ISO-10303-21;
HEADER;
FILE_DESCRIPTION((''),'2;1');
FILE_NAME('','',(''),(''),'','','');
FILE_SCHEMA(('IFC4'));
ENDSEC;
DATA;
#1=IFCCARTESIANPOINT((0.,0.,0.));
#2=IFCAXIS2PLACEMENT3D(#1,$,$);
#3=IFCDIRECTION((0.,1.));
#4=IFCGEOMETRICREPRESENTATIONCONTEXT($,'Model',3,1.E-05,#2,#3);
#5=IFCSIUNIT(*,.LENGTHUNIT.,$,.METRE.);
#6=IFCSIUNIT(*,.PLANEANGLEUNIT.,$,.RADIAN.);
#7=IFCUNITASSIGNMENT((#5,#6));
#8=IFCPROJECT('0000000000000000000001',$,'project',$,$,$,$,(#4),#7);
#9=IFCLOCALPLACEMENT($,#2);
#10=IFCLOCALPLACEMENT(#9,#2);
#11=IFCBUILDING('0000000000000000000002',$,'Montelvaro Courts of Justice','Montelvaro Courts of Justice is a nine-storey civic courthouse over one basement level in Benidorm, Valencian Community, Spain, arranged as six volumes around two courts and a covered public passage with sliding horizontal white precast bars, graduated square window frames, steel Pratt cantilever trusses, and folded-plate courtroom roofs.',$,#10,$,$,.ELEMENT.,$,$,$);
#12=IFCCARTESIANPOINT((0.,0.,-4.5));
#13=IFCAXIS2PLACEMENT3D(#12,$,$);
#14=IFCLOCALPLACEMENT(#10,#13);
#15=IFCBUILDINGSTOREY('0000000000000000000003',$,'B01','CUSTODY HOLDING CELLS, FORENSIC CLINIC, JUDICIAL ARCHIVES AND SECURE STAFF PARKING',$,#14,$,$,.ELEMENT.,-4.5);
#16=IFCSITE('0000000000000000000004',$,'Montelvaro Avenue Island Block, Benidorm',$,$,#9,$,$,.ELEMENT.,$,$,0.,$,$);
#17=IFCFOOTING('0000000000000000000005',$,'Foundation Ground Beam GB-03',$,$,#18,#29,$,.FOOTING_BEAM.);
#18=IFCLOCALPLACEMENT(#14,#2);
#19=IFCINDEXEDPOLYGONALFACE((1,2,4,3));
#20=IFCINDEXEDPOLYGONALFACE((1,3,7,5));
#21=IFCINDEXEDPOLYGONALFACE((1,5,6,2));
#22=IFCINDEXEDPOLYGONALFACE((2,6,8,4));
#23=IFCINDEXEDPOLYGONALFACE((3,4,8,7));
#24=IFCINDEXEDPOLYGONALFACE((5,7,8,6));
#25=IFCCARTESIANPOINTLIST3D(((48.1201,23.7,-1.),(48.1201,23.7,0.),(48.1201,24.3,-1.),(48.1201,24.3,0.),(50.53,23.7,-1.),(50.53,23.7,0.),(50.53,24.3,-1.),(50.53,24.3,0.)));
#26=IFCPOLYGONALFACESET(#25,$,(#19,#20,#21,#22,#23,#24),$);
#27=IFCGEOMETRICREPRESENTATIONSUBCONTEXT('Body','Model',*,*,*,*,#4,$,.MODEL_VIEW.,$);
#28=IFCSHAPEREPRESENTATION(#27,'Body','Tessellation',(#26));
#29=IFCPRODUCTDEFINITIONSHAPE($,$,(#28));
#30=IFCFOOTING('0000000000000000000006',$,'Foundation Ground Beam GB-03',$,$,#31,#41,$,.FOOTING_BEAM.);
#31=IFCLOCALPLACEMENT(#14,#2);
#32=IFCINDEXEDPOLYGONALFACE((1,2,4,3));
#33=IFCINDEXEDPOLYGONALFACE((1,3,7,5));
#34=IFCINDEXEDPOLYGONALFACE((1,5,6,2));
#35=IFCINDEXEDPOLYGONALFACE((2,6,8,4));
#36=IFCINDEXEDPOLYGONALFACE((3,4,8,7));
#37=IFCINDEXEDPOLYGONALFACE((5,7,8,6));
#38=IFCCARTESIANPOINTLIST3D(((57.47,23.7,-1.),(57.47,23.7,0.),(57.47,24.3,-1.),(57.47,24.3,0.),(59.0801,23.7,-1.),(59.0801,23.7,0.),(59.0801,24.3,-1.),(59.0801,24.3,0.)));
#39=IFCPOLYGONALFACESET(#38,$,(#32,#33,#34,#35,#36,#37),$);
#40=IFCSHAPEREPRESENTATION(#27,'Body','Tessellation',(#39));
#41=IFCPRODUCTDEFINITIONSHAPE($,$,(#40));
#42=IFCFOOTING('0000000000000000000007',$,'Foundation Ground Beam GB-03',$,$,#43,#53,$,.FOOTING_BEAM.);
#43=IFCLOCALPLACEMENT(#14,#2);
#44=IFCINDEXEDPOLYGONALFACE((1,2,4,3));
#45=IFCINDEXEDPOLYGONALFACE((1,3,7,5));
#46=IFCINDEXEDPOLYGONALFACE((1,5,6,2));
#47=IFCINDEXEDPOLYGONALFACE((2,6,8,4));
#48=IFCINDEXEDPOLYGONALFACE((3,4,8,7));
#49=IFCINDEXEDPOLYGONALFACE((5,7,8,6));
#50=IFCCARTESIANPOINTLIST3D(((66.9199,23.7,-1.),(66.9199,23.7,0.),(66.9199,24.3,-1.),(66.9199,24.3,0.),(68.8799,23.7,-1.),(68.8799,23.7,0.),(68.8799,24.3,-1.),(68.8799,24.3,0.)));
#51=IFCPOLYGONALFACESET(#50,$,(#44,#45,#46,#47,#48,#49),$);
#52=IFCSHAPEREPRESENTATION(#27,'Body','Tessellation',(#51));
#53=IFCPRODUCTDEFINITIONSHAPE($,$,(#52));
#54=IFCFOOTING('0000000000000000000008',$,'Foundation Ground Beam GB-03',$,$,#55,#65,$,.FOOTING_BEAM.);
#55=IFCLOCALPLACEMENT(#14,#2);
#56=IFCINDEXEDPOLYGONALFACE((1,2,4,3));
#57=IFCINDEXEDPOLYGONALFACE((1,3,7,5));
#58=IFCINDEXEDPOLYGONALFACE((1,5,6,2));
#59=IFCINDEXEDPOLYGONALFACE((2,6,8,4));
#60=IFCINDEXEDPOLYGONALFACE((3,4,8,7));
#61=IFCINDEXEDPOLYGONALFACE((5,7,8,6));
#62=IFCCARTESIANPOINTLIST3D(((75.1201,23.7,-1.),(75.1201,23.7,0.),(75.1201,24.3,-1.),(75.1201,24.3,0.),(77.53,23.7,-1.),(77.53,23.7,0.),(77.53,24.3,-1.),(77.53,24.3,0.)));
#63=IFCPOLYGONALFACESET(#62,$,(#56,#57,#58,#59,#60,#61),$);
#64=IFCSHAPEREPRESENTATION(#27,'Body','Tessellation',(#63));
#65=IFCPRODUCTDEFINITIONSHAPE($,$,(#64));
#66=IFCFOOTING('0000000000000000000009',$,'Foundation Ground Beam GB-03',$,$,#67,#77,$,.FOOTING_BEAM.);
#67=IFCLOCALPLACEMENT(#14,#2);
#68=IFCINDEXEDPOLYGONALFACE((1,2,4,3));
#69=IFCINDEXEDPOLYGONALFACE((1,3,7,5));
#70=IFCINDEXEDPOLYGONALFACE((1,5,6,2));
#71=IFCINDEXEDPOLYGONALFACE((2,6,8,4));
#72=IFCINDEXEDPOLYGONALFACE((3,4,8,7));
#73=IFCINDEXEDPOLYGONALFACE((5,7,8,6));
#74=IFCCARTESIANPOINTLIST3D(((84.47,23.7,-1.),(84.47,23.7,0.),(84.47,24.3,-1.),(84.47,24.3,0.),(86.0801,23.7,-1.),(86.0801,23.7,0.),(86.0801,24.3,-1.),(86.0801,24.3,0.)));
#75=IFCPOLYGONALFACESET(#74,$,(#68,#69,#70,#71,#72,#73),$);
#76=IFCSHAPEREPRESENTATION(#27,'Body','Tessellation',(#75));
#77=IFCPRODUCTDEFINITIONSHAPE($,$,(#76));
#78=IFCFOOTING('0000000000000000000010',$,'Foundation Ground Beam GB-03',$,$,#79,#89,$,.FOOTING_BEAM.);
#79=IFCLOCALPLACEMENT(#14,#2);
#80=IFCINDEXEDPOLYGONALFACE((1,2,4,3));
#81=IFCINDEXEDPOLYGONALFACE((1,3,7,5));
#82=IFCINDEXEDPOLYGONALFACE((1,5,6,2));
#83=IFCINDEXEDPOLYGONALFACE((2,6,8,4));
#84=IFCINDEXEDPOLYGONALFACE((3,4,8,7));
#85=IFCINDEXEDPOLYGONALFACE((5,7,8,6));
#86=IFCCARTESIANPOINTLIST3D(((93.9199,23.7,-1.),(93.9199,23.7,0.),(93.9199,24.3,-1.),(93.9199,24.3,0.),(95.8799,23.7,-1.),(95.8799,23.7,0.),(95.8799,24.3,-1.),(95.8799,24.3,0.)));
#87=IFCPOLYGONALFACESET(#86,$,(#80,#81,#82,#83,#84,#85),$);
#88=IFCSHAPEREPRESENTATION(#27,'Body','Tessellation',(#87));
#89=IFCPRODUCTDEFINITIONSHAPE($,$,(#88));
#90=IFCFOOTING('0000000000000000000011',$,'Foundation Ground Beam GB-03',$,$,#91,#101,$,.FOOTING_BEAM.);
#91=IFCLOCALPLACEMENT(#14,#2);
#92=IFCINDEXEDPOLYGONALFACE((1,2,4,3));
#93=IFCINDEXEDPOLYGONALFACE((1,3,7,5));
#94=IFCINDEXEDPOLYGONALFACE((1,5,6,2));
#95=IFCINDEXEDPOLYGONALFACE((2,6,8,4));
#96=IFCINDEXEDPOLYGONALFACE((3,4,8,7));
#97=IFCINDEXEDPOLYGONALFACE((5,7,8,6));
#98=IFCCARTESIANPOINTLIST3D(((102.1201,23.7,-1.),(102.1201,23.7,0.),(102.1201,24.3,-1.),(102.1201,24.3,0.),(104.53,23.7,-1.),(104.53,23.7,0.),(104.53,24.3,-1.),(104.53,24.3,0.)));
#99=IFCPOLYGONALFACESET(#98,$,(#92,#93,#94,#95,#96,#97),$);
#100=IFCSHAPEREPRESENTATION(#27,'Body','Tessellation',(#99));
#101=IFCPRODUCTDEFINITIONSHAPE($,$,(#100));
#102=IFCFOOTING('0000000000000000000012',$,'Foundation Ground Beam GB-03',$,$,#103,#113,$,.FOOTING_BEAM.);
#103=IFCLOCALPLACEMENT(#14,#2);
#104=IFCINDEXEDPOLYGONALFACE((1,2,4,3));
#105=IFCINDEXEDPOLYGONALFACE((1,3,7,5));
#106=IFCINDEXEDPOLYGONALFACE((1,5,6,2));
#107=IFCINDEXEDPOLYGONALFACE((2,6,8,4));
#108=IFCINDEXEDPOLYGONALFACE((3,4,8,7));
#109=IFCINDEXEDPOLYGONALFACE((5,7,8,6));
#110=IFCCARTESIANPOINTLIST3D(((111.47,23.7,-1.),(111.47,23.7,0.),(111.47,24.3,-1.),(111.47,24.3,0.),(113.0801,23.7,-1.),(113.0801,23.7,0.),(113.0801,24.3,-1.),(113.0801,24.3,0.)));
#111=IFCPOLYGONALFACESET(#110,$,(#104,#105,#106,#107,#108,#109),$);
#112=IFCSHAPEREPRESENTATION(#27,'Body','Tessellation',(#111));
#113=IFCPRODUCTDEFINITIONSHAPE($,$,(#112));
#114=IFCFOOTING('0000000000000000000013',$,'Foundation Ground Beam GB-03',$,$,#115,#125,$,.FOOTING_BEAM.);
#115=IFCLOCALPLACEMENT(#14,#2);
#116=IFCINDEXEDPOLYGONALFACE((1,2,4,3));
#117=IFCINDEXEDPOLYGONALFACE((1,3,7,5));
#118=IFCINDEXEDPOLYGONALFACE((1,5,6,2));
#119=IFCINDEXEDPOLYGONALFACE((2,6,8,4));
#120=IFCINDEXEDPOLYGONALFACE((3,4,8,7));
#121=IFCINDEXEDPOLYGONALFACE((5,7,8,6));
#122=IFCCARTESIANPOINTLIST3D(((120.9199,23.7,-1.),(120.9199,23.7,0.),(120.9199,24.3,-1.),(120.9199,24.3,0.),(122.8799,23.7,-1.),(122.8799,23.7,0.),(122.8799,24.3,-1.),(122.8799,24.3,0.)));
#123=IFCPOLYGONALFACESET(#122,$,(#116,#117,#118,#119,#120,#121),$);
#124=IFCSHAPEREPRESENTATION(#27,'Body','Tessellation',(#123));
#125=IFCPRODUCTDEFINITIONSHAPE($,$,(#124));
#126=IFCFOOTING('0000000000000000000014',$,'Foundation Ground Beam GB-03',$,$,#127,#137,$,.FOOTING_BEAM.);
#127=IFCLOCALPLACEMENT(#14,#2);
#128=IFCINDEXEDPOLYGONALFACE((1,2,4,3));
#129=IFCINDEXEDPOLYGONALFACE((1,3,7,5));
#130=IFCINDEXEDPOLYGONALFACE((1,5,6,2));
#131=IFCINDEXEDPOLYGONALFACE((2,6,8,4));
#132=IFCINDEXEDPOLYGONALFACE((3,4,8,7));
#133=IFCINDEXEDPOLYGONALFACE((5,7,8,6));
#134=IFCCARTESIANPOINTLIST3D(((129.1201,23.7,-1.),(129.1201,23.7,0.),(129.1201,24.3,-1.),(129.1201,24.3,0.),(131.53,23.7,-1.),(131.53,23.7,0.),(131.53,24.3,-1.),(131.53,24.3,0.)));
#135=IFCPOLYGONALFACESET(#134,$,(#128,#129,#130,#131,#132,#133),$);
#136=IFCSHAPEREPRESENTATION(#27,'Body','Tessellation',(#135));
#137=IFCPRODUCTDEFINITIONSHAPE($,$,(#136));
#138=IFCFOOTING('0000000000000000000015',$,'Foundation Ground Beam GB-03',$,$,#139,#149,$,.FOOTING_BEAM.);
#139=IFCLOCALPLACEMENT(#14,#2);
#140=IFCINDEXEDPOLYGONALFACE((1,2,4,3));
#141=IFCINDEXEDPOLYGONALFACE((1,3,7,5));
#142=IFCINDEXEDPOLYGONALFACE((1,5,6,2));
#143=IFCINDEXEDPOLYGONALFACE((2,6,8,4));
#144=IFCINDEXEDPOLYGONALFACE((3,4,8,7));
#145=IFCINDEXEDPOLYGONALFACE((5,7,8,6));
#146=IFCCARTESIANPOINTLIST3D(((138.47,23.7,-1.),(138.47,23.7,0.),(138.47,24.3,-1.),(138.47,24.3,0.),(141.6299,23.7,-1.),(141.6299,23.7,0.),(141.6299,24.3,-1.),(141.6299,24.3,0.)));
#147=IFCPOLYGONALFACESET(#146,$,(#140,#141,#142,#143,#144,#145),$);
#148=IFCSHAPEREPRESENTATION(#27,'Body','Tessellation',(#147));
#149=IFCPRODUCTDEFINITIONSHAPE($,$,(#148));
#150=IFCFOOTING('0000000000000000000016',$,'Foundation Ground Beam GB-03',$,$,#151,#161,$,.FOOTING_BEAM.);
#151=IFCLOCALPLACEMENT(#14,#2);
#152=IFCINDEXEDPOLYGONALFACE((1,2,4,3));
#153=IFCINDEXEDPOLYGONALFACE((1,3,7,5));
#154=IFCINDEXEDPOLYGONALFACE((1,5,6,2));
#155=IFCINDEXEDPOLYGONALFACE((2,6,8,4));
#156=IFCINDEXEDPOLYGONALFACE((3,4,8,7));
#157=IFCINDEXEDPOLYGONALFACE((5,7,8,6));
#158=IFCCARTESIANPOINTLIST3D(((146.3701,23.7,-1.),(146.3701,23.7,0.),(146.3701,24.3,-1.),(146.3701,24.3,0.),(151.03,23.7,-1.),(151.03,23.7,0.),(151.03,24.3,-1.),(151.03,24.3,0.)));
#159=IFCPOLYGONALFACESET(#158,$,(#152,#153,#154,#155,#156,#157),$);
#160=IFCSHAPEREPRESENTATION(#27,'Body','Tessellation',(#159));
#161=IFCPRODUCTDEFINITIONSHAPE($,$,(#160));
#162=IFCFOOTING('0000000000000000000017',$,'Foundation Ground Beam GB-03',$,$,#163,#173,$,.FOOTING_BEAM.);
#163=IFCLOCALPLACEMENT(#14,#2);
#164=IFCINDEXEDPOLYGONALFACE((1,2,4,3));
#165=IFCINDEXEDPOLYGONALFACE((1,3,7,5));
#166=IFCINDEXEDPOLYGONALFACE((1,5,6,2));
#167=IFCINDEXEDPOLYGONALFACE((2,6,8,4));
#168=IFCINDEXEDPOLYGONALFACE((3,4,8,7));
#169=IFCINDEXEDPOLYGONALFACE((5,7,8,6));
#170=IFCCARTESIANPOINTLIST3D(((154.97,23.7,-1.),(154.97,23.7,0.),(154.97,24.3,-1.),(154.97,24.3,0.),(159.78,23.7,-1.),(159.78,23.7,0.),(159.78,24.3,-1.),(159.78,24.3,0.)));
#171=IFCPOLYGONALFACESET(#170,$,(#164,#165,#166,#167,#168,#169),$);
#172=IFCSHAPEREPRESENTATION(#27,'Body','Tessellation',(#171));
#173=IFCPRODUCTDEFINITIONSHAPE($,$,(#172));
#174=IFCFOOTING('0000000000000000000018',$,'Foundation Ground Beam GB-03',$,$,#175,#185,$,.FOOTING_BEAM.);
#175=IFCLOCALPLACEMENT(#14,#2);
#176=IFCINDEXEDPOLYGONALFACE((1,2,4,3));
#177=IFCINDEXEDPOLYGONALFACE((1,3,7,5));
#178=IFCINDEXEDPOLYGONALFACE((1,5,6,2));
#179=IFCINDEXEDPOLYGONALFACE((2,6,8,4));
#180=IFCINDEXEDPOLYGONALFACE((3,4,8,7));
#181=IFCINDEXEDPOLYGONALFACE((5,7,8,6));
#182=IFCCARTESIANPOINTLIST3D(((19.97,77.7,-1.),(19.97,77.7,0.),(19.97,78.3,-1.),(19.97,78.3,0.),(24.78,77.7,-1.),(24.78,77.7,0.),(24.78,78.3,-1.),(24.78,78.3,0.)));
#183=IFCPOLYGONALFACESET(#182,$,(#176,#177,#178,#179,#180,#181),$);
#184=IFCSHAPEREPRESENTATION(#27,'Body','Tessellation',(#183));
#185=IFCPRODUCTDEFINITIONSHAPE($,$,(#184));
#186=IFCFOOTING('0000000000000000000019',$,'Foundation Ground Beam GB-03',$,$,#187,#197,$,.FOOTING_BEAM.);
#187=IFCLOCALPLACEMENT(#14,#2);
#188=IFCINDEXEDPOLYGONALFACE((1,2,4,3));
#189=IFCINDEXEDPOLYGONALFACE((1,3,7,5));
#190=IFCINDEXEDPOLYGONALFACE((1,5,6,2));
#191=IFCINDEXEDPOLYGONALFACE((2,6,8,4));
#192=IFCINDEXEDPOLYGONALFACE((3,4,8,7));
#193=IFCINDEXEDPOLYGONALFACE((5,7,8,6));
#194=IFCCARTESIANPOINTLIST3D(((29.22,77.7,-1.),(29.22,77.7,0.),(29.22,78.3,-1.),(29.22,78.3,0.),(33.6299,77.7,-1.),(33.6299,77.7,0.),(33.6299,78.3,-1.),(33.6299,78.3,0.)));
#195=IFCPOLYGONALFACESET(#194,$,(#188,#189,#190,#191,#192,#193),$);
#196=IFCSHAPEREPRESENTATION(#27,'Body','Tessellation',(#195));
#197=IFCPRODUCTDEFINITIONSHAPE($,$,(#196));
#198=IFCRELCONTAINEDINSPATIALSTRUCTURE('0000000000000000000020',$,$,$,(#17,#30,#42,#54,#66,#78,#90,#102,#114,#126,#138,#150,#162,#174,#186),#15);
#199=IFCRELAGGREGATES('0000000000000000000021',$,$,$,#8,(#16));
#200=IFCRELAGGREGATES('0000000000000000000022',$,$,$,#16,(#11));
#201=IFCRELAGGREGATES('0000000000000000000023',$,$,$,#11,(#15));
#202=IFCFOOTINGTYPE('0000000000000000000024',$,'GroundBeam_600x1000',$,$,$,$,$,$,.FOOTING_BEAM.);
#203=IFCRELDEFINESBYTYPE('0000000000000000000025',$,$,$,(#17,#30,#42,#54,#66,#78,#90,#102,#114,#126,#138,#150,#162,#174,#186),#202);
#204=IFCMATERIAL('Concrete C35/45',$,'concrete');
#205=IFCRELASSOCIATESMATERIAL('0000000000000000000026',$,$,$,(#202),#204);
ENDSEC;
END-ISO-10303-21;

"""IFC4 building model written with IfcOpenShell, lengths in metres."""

from ifc_helpers import new_model, si_unit, direction, frame, origin, place, context, subcontext, project, spatial, polyline, outline, extrude, material, type_object, element, save


model = new_model("IFC4")

# Units and contexts
model_context = context("Model", 3, precision=1e-05, world=origin(), true_north=direction((0.0, 1.0)))
body_context = subcontext(model_context, "Body", "Model", "MODEL_VIEW")
ifc_project = project(units=[si_unit("LENGTHUNIT", "METRE"), si_unit("PLANEANGLEUNIT", "RADIAN")], contexts=[model_context])

# Site, building, storey
site_placement = place(None, origin())
site = spatial("IfcSite", under=ifc_project, at=site_placement, Name="Montelvaro Avenue Island Block, Benidorm", CompositionType="ELEMENT", RefElevation=0.0)
building_placement = place(site_placement, origin())
building = spatial("IfcBuilding", under=site, at=building_placement, Name="Montelvaro Courts of Justice", Description="Montelvaro Courts of Justice is a nine-storey civic courthouse over one basement level in Benidorm, Valencian Community, Spain, arranged as six volumes around two courts and a covered public passage with sliding horizontal white precast bars, graduated square window frames, steel Pratt cantilever trusses, and folded-plate courtroom roofs.", CompositionType="ELEMENT")
storey_placement = place(building_placement, frame((0.0, 0.0, -4.5)))
storey = spatial("IfcBuildingStorey", under=building, at=storey_placement, Name="B01", Description="CUSTODY HOLDING CELLS, FORENSIC CLINIC, JUDICIAL ARCHIVES AND SECURE STAFF PARKING", CompositionType="ELEMENT", Elevation=-4.5)

# Footings
ifc_material = material(Name="Concrete C35/45", Category="concrete")
footing_type = type_object("IfcFootingType", Name="GroundBeam_600x1000", PredefinedType="FOOTING_BEAM", material=ifc_material)
footing_1_placement = place(storey_placement, frame((0.0, 0.0, -1.0)))
element("IfcFooting", 1, at=footing_1_placement, inside=storey, type_object=footing_type, Name="Foundation Ground Beam GB-03", PredefinedType="FOOTING_BEAM", context=body_context, shape_type="SweptSolid", body=[
    extrude(outline(polyline([(48.1201, 23.7), (50.53, 23.7), (50.53, 24.3), (48.1201, 24.3), (48.1201, 23.7)])), origin(), (0.0, 0.0, 1.0), 1.0),
])
footing_2_placement = place(storey_placement, frame((0.0, 0.0, -1.0)))
element("IfcFooting", 2, at=footing_2_placement, inside=storey, type_object=footing_type, Name="Foundation Ground Beam GB-03", PredefinedType="FOOTING_BEAM", context=body_context, shape_type="SweptSolid", body=[
    extrude(outline(polyline([(57.47, 23.7), (59.0801, 23.7), (59.0801, 24.3), (57.47, 24.3), (57.47, 23.7)])), origin(), (0.0, 0.0, 1.0), 1.0),
])
footing_3_placement = place(storey_placement, frame((0.0, 0.0, -1.0)))
element("IfcFooting", 3, at=footing_3_placement, inside=storey, type_object=footing_type, Name="Foundation Ground Beam GB-03", PredefinedType="FOOTING_BEAM", context=body_context, shape_type="SweptSolid", body=[
    extrude(outline(polyline([(66.9199, 23.7), (68.8799, 23.7), (68.8799, 24.3), (66.9199, 24.3), (66.9199, 23.7)])), origin(), (0.0, 0.0, 1.0), 1.0),
])
footing_4_placement = place(storey_placement, frame((0.0, 0.0, -1.0)))
element("IfcFooting", 4, at=footing_4_placement, inside=storey, type_object=footing_type, Name="Foundation Ground Beam GB-03", PredefinedType="FOOTING_BEAM", context=body_context, shape_type="SweptSolid", body=[
    extrude(outline(polyline([(75.1201, 23.7), (77.53, 23.7), (77.53, 24.3), (75.1201, 24.3), (75.1201, 23.7)])), origin(), (0.0, 0.0, 1.0), 1.0),
])
footing_5_placement = place(storey_placement, frame((0.0, 0.0, -1.0)))
element("IfcFooting", 5, at=footing_5_placement, inside=storey, type_object=footing_type, Name="Foundation Ground Beam GB-03", PredefinedType="FOOTING_BEAM", context=body_context, shape_type="SweptSolid", body=[
    extrude(outline(polyline([(84.47, 23.7), (86.0801, 23.7), (86.0801, 24.3), (84.47, 24.3), (84.47, 23.7)])), origin(), (0.0, 0.0, 1.0), 1.0),
])
footing_6_placement = place(storey_placement, frame((0.0, 0.0, -1.0)))
element("IfcFooting", 6, at=footing_6_placement, inside=storey, type_object=footing_type, Name="Foundation Ground Beam GB-03", PredefinedType="FOOTING_BEAM", context=body_context, shape_type="SweptSolid", body=[
    extrude(outline(polyline([(93.9199, 23.7), (95.8799, 23.7), (95.8799, 24.3), (93.9199, 24.3), (93.9199, 23.7)])), origin(), (0.0, 0.0, 1.0), 1.0),
])
footing_7_placement = place(storey_placement, frame((0.0, 0.0, -1.0)))
element("IfcFooting", 7, at=footing_7_placement, inside=storey, type_object=footing_type, Name="Foundation Ground Beam GB-03", PredefinedType="FOOTING_BEAM", context=body_context, shape_type="SweptSolid", body=[
    extrude(outline(polyline([(102.1201, 23.7), (104.53, 23.7), (104.53, 24.3), (102.1201, 24.3), (102.1201, 23.7)])), origin(), (0.0, 0.0, 1.0), 1.0),
])
footing_8_placement = place(storey_placement, frame((0.0, 0.0, -1.0)))
element("IfcFooting", 8, at=footing_8_placement, inside=storey, type_object=footing_type, Name="Foundation Ground Beam GB-03", PredefinedType="FOOTING_BEAM", context=body_context, shape_type="SweptSolid", body=[
    extrude(outline(polyline([(111.47, 23.7), (113.0801, 23.7), (113.0801, 24.3), (111.47, 24.3), (111.47, 23.7)])), origin(), (0.0, 0.0, 1.0), 1.0),
])
footing_9_placement = place(storey_placement, frame((0.0, 0.0, -1.0)))
element("IfcFooting", 9, at=footing_9_placement, inside=storey, type_object=footing_type, Name="Foundation Ground Beam GB-03", PredefinedType="FOOTING_BEAM", context=body_context, shape_type="SweptSolid", body=[
    extrude(outline(polyline([(120.9199, 23.7), (122.8799, 23.7), (122.8799, 24.3), (120.9199, 24.3), (120.9199, 23.7)])), origin(), (0.0, 0.0, 1.0), 1.0),
])
footing_10_placement = place(storey_placement, frame((0.0, 0.0, -1.0)))
element("IfcFooting", 10, at=footing_10_placement, inside=storey, type_object=footing_type, Name="Foundation Ground Beam GB-03", PredefinedType="FOOTING_BEAM", context=body_context, shape_type="SweptSolid", body=[
    extrude(outline(polyline([(129.1201, 23.7), (131.53, 23.7), (131.53, 24.3), (129.1201, 24.3), (129.1201, 23.7)])), origin(), (0.0, 0.0, 1.0), 1.0),
])
footing_11_placement = place(storey_placement, frame((0.0, 0.0, -1.0)))
element("IfcFooting", 11, at=footing_11_placement, inside=storey, type_object=footing_type, Name="Foundation Ground Beam GB-03", PredefinedType="FOOTING_BEAM", context=body_context, shape_type="SweptSolid", body=[
    extrude(outline(polyline([(138.47, 23.7), (141.6299, 23.7), (141.6299, 24.3), (138.47, 24.3), (138.47, 23.7)])), origin(), (0.0, 0.0, 1.0), 1.0),
])
footing_12_placement = place(storey_placement, frame((0.0, 0.0, -1.0)))
element("IfcFooting", 12, at=footing_12_placement, inside=storey, type_object=footing_type, Name="Foundation Ground Beam GB-03", PredefinedType="FOOTING_BEAM", context=body_context, shape_type="SweptSolid", body=[
    extrude(outline(polyline([(146.3701, 23.7), (151.03, 23.7), (151.03, 24.3), (146.3701, 24.3), (146.3701, 23.7)])), origin(), (0.0, 0.0, 1.0), 1.0),
])
footing_13_placement = place(storey_placement, frame((0.0, 0.0, -1.0)))
element("IfcFooting", 13, at=footing_13_placement, inside=storey, type_object=footing_type, Name="Foundation Ground Beam GB-03", PredefinedType="FOOTING_BEAM", context=body_context, shape_type="SweptSolid", body=[
    extrude(outline(polyline([(154.97, 23.7), (159.78, 23.7), (159.78, 24.3), (154.97, 24.3), (154.97, 23.7)])), origin(), (0.0, 0.0, 1.0), 1.0),
])
footing_14_placement = place(storey_placement, frame((0.0, 0.0, -1.0)))
element("IfcFooting", 14, at=footing_14_placement, inside=storey, type_object=footing_type, Name="Foundation Ground Beam GB-03", PredefinedType="FOOTING_BEAM", context=body_context, shape_type="SweptSolid", body=[
    extrude(outline(polyline([(19.97, 77.7), (24.78, 77.7), (24.78, 78.3), (19.97, 78.3), (19.97, 77.7)])), origin(), (0.0, 0.0, 1.0), 1.0),
])
footing_15_placement = place(storey_placement, frame((0.0, 0.0, -1.0)))
element("IfcFooting", 15, at=footing_15_placement, inside=storey, type_object=footing_type, Name="Foundation Ground Beam GB-03", PredefinedType="FOOTING_BEAM", context=body_context, shape_type="SweptSolid", body=[
    extrude(outline(polyline([(29.22, 77.7), (33.6299, 77.7), (33.6299, 78.3), (29.22, 78.3), (29.22, 77.7)])), origin(), (0.0, 0.0, 1.0), 1.0),
])

save(model, "model.ifc")
